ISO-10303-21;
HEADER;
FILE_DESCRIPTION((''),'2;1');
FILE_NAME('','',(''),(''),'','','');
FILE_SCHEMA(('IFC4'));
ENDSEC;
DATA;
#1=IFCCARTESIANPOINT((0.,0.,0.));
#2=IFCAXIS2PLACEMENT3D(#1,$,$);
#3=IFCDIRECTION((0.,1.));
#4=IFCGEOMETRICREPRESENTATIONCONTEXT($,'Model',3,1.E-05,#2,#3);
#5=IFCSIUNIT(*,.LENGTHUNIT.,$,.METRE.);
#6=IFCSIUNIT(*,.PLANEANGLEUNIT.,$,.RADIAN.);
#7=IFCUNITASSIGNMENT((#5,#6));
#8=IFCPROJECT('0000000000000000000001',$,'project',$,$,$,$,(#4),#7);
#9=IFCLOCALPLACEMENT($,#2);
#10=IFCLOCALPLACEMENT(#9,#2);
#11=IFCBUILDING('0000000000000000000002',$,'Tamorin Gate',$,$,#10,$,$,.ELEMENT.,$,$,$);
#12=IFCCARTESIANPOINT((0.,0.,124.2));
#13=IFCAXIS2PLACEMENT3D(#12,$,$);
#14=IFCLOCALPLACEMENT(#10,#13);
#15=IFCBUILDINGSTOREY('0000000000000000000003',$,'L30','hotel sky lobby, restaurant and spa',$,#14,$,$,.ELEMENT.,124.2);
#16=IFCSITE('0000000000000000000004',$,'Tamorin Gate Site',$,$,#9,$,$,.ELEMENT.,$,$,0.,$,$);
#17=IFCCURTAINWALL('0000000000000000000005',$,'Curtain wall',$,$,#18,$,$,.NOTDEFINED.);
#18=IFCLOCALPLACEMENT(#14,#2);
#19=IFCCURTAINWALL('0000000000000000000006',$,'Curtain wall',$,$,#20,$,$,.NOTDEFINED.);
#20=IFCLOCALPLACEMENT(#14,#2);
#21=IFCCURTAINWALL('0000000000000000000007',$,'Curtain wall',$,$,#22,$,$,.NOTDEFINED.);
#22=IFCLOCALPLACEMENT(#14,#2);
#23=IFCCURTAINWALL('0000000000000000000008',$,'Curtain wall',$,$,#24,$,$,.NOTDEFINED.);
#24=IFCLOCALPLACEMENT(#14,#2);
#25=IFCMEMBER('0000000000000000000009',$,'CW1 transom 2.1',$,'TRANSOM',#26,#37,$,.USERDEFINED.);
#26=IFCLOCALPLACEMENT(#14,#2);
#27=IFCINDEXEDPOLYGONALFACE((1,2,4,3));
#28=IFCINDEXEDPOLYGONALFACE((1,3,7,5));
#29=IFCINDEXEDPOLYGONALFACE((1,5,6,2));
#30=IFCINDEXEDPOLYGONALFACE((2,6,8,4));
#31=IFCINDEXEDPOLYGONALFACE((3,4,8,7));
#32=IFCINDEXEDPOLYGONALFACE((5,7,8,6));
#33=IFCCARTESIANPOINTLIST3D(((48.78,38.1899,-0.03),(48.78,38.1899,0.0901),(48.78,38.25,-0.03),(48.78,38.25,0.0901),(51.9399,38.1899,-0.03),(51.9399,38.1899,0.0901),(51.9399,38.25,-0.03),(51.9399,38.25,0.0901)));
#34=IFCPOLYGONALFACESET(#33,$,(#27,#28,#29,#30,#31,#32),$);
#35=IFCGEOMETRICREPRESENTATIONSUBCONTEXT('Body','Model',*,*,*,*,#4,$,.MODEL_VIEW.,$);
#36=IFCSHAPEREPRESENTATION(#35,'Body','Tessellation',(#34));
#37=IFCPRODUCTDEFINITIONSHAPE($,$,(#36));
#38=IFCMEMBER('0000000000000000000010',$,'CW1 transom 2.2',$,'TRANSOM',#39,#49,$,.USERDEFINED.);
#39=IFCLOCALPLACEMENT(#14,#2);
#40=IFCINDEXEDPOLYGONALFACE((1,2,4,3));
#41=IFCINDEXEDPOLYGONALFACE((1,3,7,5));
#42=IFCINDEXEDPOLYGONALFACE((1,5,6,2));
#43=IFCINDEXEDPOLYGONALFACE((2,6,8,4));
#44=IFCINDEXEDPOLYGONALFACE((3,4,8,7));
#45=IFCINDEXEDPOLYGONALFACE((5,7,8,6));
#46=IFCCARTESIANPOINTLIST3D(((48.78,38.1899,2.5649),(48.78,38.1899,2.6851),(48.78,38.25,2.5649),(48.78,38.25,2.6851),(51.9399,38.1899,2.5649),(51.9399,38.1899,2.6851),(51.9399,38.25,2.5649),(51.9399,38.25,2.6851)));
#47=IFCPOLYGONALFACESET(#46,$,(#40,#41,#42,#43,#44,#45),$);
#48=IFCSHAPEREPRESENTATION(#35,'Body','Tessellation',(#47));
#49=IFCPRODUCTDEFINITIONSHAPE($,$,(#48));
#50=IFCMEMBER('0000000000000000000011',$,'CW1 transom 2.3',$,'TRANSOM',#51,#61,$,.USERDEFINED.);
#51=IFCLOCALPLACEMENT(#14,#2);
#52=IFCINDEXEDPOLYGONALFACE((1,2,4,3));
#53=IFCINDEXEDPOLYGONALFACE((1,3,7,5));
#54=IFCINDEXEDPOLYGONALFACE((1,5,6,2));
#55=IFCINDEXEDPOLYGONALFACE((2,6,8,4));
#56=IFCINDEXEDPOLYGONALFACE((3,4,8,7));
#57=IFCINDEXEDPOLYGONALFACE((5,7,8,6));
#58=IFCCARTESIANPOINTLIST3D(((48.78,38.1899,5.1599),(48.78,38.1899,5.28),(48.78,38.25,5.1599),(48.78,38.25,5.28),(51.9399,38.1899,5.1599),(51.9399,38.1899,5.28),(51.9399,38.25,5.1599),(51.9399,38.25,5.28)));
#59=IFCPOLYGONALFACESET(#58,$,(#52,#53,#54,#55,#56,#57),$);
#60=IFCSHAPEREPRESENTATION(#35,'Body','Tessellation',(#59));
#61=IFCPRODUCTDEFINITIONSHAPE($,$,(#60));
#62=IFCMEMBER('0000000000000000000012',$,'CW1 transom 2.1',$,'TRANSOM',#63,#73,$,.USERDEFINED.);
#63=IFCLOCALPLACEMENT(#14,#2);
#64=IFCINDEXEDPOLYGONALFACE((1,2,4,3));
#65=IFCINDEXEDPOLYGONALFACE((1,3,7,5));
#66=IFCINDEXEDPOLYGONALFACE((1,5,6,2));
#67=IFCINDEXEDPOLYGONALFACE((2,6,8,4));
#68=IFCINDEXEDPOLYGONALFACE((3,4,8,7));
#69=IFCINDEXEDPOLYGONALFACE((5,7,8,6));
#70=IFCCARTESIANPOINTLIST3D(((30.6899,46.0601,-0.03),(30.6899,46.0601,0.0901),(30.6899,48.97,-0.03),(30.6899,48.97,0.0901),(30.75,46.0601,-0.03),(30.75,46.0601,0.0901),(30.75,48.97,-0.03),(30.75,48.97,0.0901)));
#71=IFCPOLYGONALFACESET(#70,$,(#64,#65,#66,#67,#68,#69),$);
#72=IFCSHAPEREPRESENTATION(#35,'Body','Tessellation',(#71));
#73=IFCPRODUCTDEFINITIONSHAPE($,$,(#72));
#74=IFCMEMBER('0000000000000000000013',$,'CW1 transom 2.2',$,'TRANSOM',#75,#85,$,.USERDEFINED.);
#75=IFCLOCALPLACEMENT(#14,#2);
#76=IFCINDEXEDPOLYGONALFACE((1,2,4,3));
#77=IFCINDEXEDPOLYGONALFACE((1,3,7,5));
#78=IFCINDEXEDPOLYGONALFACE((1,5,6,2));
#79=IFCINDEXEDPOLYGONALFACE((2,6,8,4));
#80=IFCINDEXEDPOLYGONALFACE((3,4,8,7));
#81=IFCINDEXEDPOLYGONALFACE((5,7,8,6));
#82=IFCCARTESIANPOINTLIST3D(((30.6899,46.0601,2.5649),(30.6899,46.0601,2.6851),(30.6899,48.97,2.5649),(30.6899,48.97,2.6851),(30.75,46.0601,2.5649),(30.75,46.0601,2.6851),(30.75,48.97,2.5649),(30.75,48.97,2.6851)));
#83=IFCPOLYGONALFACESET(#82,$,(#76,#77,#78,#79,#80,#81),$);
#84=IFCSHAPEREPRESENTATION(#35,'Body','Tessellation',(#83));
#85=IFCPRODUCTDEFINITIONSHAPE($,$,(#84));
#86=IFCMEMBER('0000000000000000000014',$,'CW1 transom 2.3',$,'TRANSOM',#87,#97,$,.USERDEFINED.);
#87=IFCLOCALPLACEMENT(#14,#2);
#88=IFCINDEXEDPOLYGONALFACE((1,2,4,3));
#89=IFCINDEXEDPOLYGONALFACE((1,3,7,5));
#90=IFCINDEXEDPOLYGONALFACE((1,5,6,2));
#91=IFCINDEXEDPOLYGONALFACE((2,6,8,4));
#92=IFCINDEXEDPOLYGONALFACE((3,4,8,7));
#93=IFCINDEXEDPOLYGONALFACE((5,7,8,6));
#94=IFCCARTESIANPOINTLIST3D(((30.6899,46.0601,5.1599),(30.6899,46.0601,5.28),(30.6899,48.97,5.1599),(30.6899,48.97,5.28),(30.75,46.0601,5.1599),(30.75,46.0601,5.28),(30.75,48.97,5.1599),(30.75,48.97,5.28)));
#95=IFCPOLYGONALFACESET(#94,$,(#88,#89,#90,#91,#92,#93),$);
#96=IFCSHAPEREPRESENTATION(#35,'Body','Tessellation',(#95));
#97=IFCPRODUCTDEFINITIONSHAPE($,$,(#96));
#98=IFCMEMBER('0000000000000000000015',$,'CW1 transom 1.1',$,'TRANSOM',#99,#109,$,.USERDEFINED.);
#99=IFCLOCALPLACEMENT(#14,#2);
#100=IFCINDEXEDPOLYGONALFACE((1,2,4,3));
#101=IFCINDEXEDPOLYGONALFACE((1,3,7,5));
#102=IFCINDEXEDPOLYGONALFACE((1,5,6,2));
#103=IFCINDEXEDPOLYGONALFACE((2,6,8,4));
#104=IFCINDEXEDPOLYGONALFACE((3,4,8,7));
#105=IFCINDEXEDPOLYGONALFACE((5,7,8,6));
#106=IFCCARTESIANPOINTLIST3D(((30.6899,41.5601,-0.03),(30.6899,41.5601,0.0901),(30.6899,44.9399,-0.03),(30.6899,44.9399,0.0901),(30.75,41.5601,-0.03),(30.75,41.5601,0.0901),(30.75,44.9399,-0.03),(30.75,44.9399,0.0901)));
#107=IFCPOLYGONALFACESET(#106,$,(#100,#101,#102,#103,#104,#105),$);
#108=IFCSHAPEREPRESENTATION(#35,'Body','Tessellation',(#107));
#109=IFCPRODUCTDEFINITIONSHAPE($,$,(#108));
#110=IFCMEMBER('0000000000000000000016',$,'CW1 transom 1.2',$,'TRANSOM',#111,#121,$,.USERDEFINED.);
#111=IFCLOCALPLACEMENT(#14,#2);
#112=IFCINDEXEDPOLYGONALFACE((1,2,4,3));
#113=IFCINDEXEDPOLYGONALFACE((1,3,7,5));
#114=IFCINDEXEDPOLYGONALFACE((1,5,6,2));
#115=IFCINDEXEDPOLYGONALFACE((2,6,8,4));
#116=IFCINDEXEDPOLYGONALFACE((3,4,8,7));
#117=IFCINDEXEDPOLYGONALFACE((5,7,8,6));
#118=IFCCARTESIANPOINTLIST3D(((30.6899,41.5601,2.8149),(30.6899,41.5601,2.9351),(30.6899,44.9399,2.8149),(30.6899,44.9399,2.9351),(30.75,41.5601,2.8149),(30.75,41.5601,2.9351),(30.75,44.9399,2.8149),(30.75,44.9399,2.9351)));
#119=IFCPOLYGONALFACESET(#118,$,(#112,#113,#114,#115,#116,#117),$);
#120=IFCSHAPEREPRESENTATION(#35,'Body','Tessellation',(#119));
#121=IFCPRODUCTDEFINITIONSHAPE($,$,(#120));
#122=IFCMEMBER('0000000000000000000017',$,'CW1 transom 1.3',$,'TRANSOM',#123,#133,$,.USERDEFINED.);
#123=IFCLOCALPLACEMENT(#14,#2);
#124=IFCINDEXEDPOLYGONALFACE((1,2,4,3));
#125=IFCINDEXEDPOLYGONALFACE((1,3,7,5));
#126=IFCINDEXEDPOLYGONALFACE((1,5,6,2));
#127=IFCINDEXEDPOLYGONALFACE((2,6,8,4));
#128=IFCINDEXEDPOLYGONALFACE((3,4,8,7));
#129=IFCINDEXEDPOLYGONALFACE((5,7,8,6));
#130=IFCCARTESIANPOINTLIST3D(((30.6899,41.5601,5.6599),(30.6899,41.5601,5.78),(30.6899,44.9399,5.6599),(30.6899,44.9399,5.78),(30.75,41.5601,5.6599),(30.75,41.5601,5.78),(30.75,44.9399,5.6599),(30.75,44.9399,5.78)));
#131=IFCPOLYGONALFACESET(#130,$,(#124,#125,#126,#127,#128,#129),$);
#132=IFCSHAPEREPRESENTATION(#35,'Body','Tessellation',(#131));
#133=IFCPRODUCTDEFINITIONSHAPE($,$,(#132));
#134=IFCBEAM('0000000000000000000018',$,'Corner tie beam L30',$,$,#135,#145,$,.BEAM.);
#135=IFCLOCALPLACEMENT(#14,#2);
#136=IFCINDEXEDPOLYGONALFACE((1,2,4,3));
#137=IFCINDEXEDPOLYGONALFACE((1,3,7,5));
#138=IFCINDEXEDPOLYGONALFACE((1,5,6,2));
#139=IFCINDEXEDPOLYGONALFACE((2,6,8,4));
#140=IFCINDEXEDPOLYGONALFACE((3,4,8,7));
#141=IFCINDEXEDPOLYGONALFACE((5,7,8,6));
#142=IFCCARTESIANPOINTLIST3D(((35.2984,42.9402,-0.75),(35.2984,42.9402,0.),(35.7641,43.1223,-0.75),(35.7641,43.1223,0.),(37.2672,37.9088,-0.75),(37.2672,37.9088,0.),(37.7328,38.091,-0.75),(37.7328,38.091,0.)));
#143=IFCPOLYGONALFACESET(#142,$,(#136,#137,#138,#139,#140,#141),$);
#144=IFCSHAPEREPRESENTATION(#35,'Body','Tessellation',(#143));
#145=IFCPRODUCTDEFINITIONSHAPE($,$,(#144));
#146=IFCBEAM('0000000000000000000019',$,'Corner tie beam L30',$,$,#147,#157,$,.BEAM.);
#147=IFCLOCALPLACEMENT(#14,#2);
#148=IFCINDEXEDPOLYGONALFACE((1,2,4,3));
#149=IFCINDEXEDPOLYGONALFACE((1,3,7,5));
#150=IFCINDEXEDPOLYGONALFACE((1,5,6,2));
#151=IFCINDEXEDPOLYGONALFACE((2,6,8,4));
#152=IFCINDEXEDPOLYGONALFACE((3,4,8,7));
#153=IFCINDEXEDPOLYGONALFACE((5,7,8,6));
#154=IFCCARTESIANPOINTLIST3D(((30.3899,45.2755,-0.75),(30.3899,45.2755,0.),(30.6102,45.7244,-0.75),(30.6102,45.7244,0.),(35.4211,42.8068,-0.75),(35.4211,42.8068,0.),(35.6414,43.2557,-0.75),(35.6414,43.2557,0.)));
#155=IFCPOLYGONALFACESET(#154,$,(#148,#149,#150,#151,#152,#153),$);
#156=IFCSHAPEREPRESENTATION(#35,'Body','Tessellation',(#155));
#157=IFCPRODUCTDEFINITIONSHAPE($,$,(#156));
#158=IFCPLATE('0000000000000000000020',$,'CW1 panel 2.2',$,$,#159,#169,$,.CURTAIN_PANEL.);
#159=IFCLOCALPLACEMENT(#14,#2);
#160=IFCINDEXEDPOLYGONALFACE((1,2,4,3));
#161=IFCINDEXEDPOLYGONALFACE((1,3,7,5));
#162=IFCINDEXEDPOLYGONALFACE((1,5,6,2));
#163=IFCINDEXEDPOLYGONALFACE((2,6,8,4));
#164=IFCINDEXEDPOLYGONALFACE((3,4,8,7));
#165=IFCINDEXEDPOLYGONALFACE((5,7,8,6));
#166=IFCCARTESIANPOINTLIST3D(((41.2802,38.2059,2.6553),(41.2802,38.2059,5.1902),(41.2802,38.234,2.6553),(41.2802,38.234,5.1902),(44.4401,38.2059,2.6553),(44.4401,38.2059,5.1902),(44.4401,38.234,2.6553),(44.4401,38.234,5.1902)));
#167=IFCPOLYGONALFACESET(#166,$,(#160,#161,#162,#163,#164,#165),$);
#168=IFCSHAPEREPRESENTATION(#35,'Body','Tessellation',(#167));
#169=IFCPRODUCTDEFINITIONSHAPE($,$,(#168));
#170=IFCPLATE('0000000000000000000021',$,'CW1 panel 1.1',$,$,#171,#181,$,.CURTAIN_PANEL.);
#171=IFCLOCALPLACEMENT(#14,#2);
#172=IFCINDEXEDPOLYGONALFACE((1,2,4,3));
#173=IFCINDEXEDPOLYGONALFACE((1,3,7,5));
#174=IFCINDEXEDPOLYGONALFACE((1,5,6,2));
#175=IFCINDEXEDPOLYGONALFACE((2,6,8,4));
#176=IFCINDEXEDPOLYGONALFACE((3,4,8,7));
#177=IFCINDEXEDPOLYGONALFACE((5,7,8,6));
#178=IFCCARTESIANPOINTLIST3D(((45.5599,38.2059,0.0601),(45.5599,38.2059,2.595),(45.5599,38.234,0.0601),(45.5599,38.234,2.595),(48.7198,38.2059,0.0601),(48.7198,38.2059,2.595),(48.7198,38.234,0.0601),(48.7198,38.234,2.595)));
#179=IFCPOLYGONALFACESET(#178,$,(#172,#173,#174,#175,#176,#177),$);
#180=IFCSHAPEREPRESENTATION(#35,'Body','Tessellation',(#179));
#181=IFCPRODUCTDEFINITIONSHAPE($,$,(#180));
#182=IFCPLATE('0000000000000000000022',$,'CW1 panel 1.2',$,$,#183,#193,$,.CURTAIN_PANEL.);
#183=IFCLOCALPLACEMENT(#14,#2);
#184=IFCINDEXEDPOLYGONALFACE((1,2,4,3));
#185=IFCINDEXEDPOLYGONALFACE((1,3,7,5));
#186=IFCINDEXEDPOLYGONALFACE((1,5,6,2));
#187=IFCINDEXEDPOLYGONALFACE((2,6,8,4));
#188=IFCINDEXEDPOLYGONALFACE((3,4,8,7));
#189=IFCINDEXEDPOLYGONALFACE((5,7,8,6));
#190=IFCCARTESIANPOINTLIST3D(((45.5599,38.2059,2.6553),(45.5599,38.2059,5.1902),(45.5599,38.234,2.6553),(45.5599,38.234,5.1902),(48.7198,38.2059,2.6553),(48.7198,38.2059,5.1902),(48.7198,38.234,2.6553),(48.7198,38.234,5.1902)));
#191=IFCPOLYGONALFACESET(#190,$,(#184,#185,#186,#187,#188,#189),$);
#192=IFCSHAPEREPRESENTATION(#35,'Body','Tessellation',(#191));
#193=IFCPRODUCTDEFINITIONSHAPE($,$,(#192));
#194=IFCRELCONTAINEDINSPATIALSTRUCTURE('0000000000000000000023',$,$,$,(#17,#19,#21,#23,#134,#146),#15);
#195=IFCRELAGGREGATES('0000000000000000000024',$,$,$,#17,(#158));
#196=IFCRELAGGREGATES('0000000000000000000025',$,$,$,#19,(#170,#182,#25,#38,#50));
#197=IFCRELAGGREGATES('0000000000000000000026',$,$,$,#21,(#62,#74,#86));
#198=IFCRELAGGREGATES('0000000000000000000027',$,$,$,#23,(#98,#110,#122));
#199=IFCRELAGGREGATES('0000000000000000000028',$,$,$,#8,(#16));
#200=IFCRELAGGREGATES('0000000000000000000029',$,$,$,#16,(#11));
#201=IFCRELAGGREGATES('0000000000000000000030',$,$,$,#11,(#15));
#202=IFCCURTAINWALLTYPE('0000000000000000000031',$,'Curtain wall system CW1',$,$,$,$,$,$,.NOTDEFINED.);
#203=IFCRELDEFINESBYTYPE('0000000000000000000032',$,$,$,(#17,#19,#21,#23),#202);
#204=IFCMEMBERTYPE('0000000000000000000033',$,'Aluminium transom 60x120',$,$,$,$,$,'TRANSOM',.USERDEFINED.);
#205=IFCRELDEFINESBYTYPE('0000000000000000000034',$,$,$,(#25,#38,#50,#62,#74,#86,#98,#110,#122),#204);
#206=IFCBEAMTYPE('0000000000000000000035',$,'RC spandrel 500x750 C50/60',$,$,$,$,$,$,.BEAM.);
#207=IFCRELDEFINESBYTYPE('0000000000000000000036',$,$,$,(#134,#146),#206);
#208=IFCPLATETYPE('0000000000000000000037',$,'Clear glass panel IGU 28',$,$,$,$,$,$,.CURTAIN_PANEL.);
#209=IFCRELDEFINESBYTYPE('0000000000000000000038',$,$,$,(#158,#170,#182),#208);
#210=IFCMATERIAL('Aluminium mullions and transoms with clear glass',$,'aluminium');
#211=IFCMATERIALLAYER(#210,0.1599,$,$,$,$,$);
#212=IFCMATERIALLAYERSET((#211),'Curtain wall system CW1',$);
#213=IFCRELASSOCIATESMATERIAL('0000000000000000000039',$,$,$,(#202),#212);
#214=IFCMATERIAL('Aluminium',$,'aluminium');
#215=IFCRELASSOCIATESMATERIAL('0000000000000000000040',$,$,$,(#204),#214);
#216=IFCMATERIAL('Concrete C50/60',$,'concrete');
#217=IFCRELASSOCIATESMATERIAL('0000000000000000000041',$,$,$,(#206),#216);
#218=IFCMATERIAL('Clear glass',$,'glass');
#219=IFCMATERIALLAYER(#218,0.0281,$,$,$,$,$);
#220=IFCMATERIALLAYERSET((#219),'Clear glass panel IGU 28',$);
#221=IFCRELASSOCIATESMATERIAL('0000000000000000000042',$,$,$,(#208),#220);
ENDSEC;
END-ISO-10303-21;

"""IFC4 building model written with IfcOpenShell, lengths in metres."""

from ifc_helpers import new_model, si_unit, direction, frame, origin, origin_2d, place, context, subcontext, project, spatial, rectangle, extrude, material, layer, layer_set, material_profile, profile_set, type_object, element, aggregate, save


model = new_model("IFC4")

# Units and contexts
model_context = context("Model", 3, precision=1e-05, world=origin(), true_north=direction((0.0, 1.0)))
body_context = subcontext(model_context, "Body", "Model", "MODEL_VIEW")
ifc_project = project(units=[si_unit("LENGTHUNIT", "METRE"), si_unit("PLANEANGLEUNIT", "RADIAN")], contexts=[model_context])

# Site, building, storey
site_placement = place(None, origin())
site = spatial("IfcSite", under=ifc_project, at=site_placement, Name="Tamorin Gate Site", CompositionType="ELEMENT", RefElevation=0.0)
building_placement = place(site_placement, origin())
building = spatial("IfcBuilding", under=site, at=building_placement, Name="Tamorin Gate", CompositionType="ELEMENT")
storey_placement = place(building_placement, frame((0.0, 0.0, 124.2)))
storey = spatial("IfcBuildingStorey", under=building, at=storey_placement, Name="L30", Description="hotel sky lobby, restaurant and spa", CompositionType="ELEMENT", Elevation=124.2)

# Curtain wall
ifc_material_1 = material(Name="Aluminium mullions and transoms with clear glass", Category="aluminium")
ifc_layer_1 = layer(ifc_material_1, 0.1599)
ifc_layer_set_1 = layer_set([ifc_layer_1], Name="Curtain wall system CW1")
curtain_wall_type = type_object("IfcCurtainWallType", Name="Curtain wall system CW1", PredefinedType="NOTDEFINED", material=ifc_layer_set_1)
curtain_wall_1_placement = place(storey_placement, origin())
curtain_wall_1 = element("IfcCurtainWall", 1, at=curtain_wall_1_placement, inside=storey, type_object=curtain_wall_type, Name="Curtain wall", PredefinedType="NOTDEFINED")
ifc_material_2 = material(Name="Aluminium", Category="aluminium")

# Curtain walls
curtain_wall_2_placement = place(storey_placement, origin())
curtain_wall_2 = element("IfcCurtainWall", 2, at=curtain_wall_2_placement, inside=storey, type_object=curtain_wall_type, Name="Curtain wall", PredefinedType="NOTDEFINED")
curtain_wall_3_placement = place(storey_placement, origin())
curtain_wall_3 = element("IfcCurtainWall", 3, at=curtain_wall_3_placement, inside=storey, type_object=curtain_wall_type, Name="Curtain wall", PredefinedType="NOTDEFINED")
curtain_wall_4_placement = place(storey_placement, origin())
curtain_wall_4 = element("IfcCurtainWall", 4, at=curtain_wall_4_placement, inside=storey, type_object=curtain_wall_type, Name="Curtain wall", PredefinedType="NOTDEFINED")

# Members
ifc_material_profile_1 = material_profile(ifc_material_2, rectangle(XDim=0.0601, YDim=0.1201, at=origin_2d()), Name="RECT 60x120")
ifc_profile_set_1 = profile_set([ifc_material_profile_1], Name="Aluminium")
member_type_1 = type_object("IfcMemberType", Name="Aluminium transom 60x120", ElementType="TRANSOM", PredefinedType="USERDEFINED", material=ifc_profile_set_1)
member_1_placement = place(storey_placement, frame((48.78, 38.22, 0.03), z_axis=(1.0, 0.0, 0.0), x_axis=(0.0, 1.0, 0.0)))
member_1 = element("IfcMember", 5, at=member_1_placement, type_object=member_type_1, Name="CW1 transom 2.1", ObjectType="TRANSOM", PredefinedType="USERDEFINED", context=body_context, shape_type="SweptSolid", body=[
    extrude(rectangle(XDim=0.0601, YDim=0.1201, at=origin_2d()), origin(), (0.0, 0.0, 1.0), 3.1599),
])
member_2_placement = place(storey_placement, frame((48.78, 38.22, 2.625), z_axis=(1.0, 0.0, 0.0), x_axis=(0.0, 1.0, 0.0)))
member_2 = element("IfcMember", 6, at=member_2_placement, type_object=member_type_1, Name="CW1 transom 2.2", ObjectType="TRANSOM", PredefinedType="USERDEFINED", context=body_context, shape_type="SweptSolid", body=[
    extrude(rectangle(XDim=0.0601, YDim=0.1201, at=origin_2d()), origin(), (0.0, 0.0, 1.0), 3.1599),
])
member_3_placement = place(storey_placement, frame((48.78, 38.22, 5.22), z_axis=(1.0, 0.0, 0.0), x_axis=(0.0, 1.0, 0.0)))
member_3 = element("IfcMember", 7, at=member_3_placement, type_object=member_type_1, Name="CW1 transom 2.3", ObjectType="TRANSOM", PredefinedType="USERDEFINED", context=body_context, shape_type="SweptSolid", body=[
    extrude(rectangle(XDim=0.0601, YDim=0.1201, at=origin_2d()), origin(), (0.0, 0.0, 1.0), 3.1599),
])
member_4_placement = place(storey_placement, frame((30.72, 48.97, 0.03), z_axis=(0.0, -1.0, 0.0), x_axis=(1.0, 0.0, 0.0)))
member_4 = element("IfcMember", 8, at=member_4_placement, type_object=member_type_1, Name="CW1 transom 2.1", ObjectType="TRANSOM", PredefinedType="USERDEFINED", context=body_context, shape_type="SweptSolid", body=[
    extrude(rectangle(XDim=0.0601, YDim=0.1201, at=origin_2d()), origin(), (0.0, 0.0, 1.0), 2.9099),
])
member_5_placement = place(storey_placement, frame((30.72, 48.97, 2.625), z_axis=(0.0, -1.0, 0.0), x_axis=(1.0, 0.0, 0.0)))
member_5 = element("IfcMember", 9, at=member_5_placement, type_object=member_type_1, Name="CW1 transom 2.2", ObjectType="TRANSOM", PredefinedType="USERDEFINED", context=body_context, shape_type="SweptSolid", body=[
    extrude(rectangle(XDim=0.0601, YDim=0.1201, at=origin_2d()), origin(), (0.0, 0.0, 1.0), 2.9099),
])
member_6_placement = place(storey_placement, frame((30.72, 48.97, 5.22), z_axis=(0.0, -1.0, 0.0), x_axis=(1.0, 0.0, 0.0)))
member_6 = element("IfcMember", 10, at=member_6_placement, type_object=member_type_1, Name="CW1 transom 2.3", ObjectType="TRANSOM", PredefinedType="USERDEFINED", context=body_context, shape_type="SweptSolid", body=[
    extrude(rectangle(XDim=0.0601, YDim=0.1201, at=origin_2d()), origin(), (0.0, 0.0, 1.0), 2.9099),
])
member_7_placement = place(storey_placement, frame((30.72, 44.9399, 0.03), z_axis=(0.0, -1.0, 0.0), x_axis=(1.0, 0.0, 0.0)))
member_7 = element("IfcMember", 11, at=member_7_placement, type_object=member_type_1, Name="CW1 transom 1.1", ObjectType="TRANSOM", PredefinedType="USERDEFINED", context=body_context, shape_type="SweptSolid", body=[
    extrude(rectangle(XDim=0.0601, YDim=0.1201, at=origin_2d()), origin(), (0.0, 0.0, 1.0), 3.3799),
])
member_8_placement = place(storey_placement, frame((30.72, 44.9399, 2.875), z_axis=(0.0, -1.0, 0.0), x_axis=(1.0, 0.0, 0.0)))
member_8 = element("IfcMember", 12, at=member_8_placement, type_object=member_type_1, Name="CW1 transom 1.2", ObjectType="TRANSOM", PredefinedType="USERDEFINED", context=body_context, shape_type="SweptSolid", body=[
    extrude(rectangle(XDim=0.0601, YDim=0.1201, at=origin_2d()), origin(), (0.0, 0.0, 1.0), 3.3799),
])
member_9_placement = place(storey_placement, frame((30.72, 44.9399, 5.72), z_axis=(0.0, -1.0, 0.0), x_axis=(1.0, 0.0, 0.0)))
member_9 = element("IfcMember", 13, at=member_9_placement, type_object=member_type_1, Name="CW1 transom 1.3", ObjectType="TRANSOM", PredefinedType="USERDEFINED", context=body_context, shape_type="SweptSolid", body=[
    extrude(rectangle(XDim=0.0601, YDim=0.1201, at=origin_2d()), origin(), (0.0, 0.0, 1.0), 3.3799),
])

# Beams
ifc_material_3 = material(Name="Concrete C50/60", Category="concrete")
ifc_material_profile_2 = material_profile(ifc_material_3, rectangle(XDim=0.5, YDim=0.75, at=origin_2d()), Name="RC 500x750")
ifc_profile_set_2 = profile_set([ifc_material_profile_2], Name="Concrete C50/60")
beam_type = type_object("IfcBeamType", Name="RC spandrel 500x750 C50/60", PredefinedType="BEAM", material=ifc_profile_set_2)
beam_1_placement = place(storey_placement, frame((35.5312, 43.0312, -0.375), z_axis=(0.364399, -0.931243, 0.0), x_axis=(0.931243, 0.364399, 0.0)))
element("IfcBeam", 14, at=beam_1_placement, inside=storey, type_object=beam_type, Name="Corner tie beam L30", PredefinedType="BEAM", context=body_context, shape_type="SweptSolid", body=[
    extrude(rectangle(XDim=0.5, YDim=0.75, at=origin_2d()), origin(), (0.0, 0.0, 1.0), 5.4028),
])
beam_2_placement = place(storey_placement, frame((35.5312, 43.0312, -0.375), z_axis=(-0.897748, 0.44051, 0.0), x_axis=(-0.44051, -0.897748, 0.0)))
element("IfcBeam", 15, at=beam_2_placement, inside=storey, type_object=beam_type, Name="Corner tie beam L30", PredefinedType="BEAM", context=body_context, shape_type="SweptSolid", body=[
    extrude(rectangle(XDim=0.5, YDim=0.75, at=origin_2d()), origin(), (0.0, 0.0, 1.0), 5.6042),
])

# Plates
ifc_material_4 = material(Name="Clear glass", Category="glass")
ifc_layer_2 = layer(ifc_material_4, 0.0281)
ifc_layer_set_2 = layer_set([ifc_layer_2], Name="Clear glass panel IGU 28")
plate_type = type_object("IfcPlateType", Name="Clear glass panel IGU 28", PredefinedType="CURTAIN_PANEL", material=ifc_layer_set_2)
plate_1_placement = place(storey_placement, frame((42.8601, 38.22, 2.6553), z_axis=(0.0, 0.0, 1.0), x_axis=(1.0, 0.0, 0.0)))
plate_1 = element("IfcPlate", 16, at=plate_1_placement, type_object=plate_type, Name="CW1 panel 2.2", PredefinedType="CURTAIN_PANEL", context=body_context, shape_type="SweptSolid", body=[
    extrude(rectangle(XDim=3.1599, YDim=0.0281, at=origin_2d()), origin(), (0.0, 0.0, 1.0), 2.5349),
])
aggregate(curtain_wall_1, [plate_1])
plate_2_placement = place(storey_placement, frame((47.1399, 38.22, 0.0601), z_axis=(0.0, 0.0, 1.0), x_axis=(1.0, 0.0, 0.0)))
plate_2 = element("IfcPlate", 17, at=plate_2_placement, type_object=plate_type, Name="CW1 panel 1.1", PredefinedType="CURTAIN_PANEL", context=body_context, shape_type="SweptSolid", body=[
    extrude(rectangle(XDim=3.1599, YDim=0.0281, at=origin_2d()), origin(), (0.0, 0.0, 1.0), 2.5349),
])
plate_3_placement = place(storey_placement, frame((47.1399, 38.22, 2.6553), z_axis=(0.0, 0.0, 1.0), x_axis=(1.0, 0.0, 0.0)))
plate_3 = element("IfcPlate", 18, at=plate_3_placement, type_object=plate_type, Name="CW1 panel 1.2", PredefinedType="CURTAIN_PANEL", context=body_context, shape_type="SweptSolid", body=[
    extrude(rectangle(XDim=3.1599, YDim=0.0281, at=origin_2d()), origin(), (0.0, 0.0, 1.0), 2.5349),
])
aggregate(curtain_wall_2, [plate_2, plate_3, member_1, member_2, member_3])
aggregate(curtain_wall_3, [member_4, member_5, member_6])
aggregate(curtain_wall_4, [member_7, member_8, member_9])

save(model, "model.ifc")
